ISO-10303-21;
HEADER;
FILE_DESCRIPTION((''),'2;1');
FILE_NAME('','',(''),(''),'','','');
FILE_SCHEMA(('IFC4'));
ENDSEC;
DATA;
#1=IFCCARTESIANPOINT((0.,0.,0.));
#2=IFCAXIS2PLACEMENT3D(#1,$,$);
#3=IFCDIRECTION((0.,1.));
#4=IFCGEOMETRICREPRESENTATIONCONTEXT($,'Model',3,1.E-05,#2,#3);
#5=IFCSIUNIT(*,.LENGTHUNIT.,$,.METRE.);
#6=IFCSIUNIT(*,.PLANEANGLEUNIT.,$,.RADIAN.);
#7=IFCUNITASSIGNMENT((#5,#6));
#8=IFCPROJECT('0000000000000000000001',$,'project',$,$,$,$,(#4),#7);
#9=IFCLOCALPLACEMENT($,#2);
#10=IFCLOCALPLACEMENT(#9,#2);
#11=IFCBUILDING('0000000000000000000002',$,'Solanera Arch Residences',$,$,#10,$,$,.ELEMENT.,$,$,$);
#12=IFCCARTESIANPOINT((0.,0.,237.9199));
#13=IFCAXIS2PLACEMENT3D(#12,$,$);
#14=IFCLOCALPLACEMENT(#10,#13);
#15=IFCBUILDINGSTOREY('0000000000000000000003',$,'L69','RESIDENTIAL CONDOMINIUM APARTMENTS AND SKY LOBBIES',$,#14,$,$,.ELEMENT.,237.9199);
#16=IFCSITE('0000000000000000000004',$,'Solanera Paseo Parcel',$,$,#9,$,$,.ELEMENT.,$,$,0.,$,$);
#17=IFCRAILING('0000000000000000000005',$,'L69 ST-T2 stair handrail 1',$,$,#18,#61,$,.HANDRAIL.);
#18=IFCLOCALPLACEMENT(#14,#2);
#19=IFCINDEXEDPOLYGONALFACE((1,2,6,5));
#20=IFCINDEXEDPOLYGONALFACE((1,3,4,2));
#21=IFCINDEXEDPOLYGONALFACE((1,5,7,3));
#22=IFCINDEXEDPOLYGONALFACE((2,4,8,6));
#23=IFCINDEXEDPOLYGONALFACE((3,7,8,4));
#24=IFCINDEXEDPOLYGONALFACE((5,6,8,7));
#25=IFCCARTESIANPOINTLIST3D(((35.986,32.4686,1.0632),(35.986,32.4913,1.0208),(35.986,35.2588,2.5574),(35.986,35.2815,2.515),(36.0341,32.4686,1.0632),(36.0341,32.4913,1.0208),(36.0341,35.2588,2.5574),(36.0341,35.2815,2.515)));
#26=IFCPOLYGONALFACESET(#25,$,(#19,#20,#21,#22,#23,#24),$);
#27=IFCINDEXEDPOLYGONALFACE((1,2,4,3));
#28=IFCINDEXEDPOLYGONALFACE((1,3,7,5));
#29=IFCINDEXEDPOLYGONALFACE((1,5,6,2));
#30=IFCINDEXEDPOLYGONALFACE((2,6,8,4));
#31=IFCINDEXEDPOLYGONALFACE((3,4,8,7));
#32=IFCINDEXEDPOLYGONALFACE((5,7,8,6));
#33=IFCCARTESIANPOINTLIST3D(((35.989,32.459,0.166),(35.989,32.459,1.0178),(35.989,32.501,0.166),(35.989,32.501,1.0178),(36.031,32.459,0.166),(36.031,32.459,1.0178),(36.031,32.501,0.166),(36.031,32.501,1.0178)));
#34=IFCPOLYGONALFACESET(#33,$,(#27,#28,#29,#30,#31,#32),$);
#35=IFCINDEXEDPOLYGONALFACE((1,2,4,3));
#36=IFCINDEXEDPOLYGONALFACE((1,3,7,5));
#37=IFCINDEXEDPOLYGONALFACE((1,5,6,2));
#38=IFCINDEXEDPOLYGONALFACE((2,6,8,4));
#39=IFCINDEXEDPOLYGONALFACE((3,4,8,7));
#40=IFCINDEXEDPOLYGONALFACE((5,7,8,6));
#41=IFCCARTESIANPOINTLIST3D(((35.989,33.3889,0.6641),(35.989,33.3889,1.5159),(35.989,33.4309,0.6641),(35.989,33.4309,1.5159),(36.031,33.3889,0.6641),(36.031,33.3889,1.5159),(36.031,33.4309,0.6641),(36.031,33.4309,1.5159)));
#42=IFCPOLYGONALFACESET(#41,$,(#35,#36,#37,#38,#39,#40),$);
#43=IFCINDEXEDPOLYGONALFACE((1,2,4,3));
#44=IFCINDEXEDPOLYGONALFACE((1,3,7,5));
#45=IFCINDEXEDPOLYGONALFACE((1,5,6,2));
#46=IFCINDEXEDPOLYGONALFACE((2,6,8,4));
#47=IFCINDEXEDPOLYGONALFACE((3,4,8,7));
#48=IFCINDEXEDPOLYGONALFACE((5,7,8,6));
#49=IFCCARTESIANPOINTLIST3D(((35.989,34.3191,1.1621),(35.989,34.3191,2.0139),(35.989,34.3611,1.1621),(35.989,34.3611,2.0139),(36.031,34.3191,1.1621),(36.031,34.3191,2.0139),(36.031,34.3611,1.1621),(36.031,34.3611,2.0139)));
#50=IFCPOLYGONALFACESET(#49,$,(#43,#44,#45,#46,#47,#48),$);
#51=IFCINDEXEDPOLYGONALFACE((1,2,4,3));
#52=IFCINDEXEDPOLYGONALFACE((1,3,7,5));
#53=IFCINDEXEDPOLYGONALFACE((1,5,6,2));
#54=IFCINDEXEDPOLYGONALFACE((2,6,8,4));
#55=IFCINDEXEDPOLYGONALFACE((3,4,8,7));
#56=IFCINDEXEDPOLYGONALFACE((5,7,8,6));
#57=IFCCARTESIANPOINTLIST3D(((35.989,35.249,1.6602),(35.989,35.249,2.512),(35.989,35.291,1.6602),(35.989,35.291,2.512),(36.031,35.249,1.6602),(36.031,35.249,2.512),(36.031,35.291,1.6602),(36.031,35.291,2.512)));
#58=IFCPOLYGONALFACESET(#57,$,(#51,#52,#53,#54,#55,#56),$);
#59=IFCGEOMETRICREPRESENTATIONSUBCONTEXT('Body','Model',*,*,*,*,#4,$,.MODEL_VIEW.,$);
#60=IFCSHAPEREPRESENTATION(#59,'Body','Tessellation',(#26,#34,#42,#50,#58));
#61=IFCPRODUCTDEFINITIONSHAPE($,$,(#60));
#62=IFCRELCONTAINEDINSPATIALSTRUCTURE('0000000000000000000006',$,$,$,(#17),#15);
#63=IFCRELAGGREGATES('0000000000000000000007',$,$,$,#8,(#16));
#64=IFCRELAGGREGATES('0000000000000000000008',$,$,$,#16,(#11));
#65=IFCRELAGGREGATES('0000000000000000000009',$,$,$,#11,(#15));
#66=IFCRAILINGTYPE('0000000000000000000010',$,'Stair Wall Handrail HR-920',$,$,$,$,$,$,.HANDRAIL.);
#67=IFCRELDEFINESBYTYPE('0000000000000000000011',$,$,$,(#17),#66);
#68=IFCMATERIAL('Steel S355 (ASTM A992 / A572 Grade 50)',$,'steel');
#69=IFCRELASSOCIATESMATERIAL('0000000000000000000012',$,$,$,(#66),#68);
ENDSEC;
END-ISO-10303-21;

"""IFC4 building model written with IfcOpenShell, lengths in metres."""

from ifc_helpers import new_model, si_unit, direction, frame, origin, origin_2d, place, context, subcontext, project, spatial, rectangle, extrude, material, type_object, element, save


model = new_model("IFC4")

# Units and contexts
model_context = context("Model", 3, precision=1e-05, world=origin(), true_north=direction((0.0, 1.0)))
body_context = subcontext(model_context, "Body", "Model", "MODEL_VIEW")
ifc_project = project(units=[si_unit("LENGTHUNIT", "METRE"), si_unit("PLANEANGLEUNIT", "RADIAN")], contexts=[model_context])

# Site, building, storey
site_placement = place(None, origin())
site = spatial("IfcSite", under=ifc_project, at=site_placement, Name="Solanera Paseo Parcel", CompositionType="ELEMENT", RefElevation=0.0)
building_placement = place(site_placement, origin())
building = spatial("IfcBuilding", under=site, at=building_placement, Name="Solanera Arch Residences", CompositionType="ELEMENT")
storey_placement = place(building_placement, frame((0.0, 0.0, 237.9199)))
storey = spatial("IfcBuildingStorey", under=building, at=storey_placement, Name="L69", Description="RESIDENTIAL CONDOMINIUM APARTMENTS AND SKY LOBBIES", CompositionType="ELEMENT", Elevation=237.9199)

# Railing
ifc_material_1 = material(Name="Steel S355 (ASTM A992 / A572 Grade 50)", Category="steel")
railing_type_1 = type_object("IfcRailingType", Name="Stair Wall Handrail HR-920", PredefinedType="HANDRAIL", material=ifc_material_1)
railing_1_placement = place(storey_placement, frame((36.01, 32.48, 0.166)))
element("IfcRailing", 1, at=railing_1_placement, inside=storey, type_object=railing_type_1, Name="L69 ST-T2 stair handrail 1", PredefinedType="HANDRAIL", context=body_context, shape_type="SweptSolid", body=[
    extrude(rectangle(XDim=0.0481, YDim=0.0481, at=origin_2d()), frame((0.0, 0.0, 0.876), z_axis=(0.0, 0.881549, 0.472093), x_axis=(-1.0, 0.0, 0.0)), (0.0, 0.0, 1.0), 3.165),
    extrude(rectangle(XDim=0.042, YDim=0.042, at=origin_2d()), origin(), (0.0, 0.0, 1.0), 0.8518),
    extrude(rectangle(XDim=0.042, YDim=0.042, at=origin_2d()), frame((0.0, 0.9299, 0.498)), (0.0, 0.0, 1.0), 0.8518),
    extrude(rectangle(XDim=0.042, YDim=0.042, at=origin_2d()), frame((0.0, 1.8601, 0.9961)), (0.0, 0.0, 1.0), 0.8518),
    extrude(rectangle(XDim=0.042, YDim=0.042, at=origin_2d()), frame((0.0, 2.79, 1.4941)), (0.0, 0.0, 1.0), 0.8518),
])

save(model, "model.ifc")
